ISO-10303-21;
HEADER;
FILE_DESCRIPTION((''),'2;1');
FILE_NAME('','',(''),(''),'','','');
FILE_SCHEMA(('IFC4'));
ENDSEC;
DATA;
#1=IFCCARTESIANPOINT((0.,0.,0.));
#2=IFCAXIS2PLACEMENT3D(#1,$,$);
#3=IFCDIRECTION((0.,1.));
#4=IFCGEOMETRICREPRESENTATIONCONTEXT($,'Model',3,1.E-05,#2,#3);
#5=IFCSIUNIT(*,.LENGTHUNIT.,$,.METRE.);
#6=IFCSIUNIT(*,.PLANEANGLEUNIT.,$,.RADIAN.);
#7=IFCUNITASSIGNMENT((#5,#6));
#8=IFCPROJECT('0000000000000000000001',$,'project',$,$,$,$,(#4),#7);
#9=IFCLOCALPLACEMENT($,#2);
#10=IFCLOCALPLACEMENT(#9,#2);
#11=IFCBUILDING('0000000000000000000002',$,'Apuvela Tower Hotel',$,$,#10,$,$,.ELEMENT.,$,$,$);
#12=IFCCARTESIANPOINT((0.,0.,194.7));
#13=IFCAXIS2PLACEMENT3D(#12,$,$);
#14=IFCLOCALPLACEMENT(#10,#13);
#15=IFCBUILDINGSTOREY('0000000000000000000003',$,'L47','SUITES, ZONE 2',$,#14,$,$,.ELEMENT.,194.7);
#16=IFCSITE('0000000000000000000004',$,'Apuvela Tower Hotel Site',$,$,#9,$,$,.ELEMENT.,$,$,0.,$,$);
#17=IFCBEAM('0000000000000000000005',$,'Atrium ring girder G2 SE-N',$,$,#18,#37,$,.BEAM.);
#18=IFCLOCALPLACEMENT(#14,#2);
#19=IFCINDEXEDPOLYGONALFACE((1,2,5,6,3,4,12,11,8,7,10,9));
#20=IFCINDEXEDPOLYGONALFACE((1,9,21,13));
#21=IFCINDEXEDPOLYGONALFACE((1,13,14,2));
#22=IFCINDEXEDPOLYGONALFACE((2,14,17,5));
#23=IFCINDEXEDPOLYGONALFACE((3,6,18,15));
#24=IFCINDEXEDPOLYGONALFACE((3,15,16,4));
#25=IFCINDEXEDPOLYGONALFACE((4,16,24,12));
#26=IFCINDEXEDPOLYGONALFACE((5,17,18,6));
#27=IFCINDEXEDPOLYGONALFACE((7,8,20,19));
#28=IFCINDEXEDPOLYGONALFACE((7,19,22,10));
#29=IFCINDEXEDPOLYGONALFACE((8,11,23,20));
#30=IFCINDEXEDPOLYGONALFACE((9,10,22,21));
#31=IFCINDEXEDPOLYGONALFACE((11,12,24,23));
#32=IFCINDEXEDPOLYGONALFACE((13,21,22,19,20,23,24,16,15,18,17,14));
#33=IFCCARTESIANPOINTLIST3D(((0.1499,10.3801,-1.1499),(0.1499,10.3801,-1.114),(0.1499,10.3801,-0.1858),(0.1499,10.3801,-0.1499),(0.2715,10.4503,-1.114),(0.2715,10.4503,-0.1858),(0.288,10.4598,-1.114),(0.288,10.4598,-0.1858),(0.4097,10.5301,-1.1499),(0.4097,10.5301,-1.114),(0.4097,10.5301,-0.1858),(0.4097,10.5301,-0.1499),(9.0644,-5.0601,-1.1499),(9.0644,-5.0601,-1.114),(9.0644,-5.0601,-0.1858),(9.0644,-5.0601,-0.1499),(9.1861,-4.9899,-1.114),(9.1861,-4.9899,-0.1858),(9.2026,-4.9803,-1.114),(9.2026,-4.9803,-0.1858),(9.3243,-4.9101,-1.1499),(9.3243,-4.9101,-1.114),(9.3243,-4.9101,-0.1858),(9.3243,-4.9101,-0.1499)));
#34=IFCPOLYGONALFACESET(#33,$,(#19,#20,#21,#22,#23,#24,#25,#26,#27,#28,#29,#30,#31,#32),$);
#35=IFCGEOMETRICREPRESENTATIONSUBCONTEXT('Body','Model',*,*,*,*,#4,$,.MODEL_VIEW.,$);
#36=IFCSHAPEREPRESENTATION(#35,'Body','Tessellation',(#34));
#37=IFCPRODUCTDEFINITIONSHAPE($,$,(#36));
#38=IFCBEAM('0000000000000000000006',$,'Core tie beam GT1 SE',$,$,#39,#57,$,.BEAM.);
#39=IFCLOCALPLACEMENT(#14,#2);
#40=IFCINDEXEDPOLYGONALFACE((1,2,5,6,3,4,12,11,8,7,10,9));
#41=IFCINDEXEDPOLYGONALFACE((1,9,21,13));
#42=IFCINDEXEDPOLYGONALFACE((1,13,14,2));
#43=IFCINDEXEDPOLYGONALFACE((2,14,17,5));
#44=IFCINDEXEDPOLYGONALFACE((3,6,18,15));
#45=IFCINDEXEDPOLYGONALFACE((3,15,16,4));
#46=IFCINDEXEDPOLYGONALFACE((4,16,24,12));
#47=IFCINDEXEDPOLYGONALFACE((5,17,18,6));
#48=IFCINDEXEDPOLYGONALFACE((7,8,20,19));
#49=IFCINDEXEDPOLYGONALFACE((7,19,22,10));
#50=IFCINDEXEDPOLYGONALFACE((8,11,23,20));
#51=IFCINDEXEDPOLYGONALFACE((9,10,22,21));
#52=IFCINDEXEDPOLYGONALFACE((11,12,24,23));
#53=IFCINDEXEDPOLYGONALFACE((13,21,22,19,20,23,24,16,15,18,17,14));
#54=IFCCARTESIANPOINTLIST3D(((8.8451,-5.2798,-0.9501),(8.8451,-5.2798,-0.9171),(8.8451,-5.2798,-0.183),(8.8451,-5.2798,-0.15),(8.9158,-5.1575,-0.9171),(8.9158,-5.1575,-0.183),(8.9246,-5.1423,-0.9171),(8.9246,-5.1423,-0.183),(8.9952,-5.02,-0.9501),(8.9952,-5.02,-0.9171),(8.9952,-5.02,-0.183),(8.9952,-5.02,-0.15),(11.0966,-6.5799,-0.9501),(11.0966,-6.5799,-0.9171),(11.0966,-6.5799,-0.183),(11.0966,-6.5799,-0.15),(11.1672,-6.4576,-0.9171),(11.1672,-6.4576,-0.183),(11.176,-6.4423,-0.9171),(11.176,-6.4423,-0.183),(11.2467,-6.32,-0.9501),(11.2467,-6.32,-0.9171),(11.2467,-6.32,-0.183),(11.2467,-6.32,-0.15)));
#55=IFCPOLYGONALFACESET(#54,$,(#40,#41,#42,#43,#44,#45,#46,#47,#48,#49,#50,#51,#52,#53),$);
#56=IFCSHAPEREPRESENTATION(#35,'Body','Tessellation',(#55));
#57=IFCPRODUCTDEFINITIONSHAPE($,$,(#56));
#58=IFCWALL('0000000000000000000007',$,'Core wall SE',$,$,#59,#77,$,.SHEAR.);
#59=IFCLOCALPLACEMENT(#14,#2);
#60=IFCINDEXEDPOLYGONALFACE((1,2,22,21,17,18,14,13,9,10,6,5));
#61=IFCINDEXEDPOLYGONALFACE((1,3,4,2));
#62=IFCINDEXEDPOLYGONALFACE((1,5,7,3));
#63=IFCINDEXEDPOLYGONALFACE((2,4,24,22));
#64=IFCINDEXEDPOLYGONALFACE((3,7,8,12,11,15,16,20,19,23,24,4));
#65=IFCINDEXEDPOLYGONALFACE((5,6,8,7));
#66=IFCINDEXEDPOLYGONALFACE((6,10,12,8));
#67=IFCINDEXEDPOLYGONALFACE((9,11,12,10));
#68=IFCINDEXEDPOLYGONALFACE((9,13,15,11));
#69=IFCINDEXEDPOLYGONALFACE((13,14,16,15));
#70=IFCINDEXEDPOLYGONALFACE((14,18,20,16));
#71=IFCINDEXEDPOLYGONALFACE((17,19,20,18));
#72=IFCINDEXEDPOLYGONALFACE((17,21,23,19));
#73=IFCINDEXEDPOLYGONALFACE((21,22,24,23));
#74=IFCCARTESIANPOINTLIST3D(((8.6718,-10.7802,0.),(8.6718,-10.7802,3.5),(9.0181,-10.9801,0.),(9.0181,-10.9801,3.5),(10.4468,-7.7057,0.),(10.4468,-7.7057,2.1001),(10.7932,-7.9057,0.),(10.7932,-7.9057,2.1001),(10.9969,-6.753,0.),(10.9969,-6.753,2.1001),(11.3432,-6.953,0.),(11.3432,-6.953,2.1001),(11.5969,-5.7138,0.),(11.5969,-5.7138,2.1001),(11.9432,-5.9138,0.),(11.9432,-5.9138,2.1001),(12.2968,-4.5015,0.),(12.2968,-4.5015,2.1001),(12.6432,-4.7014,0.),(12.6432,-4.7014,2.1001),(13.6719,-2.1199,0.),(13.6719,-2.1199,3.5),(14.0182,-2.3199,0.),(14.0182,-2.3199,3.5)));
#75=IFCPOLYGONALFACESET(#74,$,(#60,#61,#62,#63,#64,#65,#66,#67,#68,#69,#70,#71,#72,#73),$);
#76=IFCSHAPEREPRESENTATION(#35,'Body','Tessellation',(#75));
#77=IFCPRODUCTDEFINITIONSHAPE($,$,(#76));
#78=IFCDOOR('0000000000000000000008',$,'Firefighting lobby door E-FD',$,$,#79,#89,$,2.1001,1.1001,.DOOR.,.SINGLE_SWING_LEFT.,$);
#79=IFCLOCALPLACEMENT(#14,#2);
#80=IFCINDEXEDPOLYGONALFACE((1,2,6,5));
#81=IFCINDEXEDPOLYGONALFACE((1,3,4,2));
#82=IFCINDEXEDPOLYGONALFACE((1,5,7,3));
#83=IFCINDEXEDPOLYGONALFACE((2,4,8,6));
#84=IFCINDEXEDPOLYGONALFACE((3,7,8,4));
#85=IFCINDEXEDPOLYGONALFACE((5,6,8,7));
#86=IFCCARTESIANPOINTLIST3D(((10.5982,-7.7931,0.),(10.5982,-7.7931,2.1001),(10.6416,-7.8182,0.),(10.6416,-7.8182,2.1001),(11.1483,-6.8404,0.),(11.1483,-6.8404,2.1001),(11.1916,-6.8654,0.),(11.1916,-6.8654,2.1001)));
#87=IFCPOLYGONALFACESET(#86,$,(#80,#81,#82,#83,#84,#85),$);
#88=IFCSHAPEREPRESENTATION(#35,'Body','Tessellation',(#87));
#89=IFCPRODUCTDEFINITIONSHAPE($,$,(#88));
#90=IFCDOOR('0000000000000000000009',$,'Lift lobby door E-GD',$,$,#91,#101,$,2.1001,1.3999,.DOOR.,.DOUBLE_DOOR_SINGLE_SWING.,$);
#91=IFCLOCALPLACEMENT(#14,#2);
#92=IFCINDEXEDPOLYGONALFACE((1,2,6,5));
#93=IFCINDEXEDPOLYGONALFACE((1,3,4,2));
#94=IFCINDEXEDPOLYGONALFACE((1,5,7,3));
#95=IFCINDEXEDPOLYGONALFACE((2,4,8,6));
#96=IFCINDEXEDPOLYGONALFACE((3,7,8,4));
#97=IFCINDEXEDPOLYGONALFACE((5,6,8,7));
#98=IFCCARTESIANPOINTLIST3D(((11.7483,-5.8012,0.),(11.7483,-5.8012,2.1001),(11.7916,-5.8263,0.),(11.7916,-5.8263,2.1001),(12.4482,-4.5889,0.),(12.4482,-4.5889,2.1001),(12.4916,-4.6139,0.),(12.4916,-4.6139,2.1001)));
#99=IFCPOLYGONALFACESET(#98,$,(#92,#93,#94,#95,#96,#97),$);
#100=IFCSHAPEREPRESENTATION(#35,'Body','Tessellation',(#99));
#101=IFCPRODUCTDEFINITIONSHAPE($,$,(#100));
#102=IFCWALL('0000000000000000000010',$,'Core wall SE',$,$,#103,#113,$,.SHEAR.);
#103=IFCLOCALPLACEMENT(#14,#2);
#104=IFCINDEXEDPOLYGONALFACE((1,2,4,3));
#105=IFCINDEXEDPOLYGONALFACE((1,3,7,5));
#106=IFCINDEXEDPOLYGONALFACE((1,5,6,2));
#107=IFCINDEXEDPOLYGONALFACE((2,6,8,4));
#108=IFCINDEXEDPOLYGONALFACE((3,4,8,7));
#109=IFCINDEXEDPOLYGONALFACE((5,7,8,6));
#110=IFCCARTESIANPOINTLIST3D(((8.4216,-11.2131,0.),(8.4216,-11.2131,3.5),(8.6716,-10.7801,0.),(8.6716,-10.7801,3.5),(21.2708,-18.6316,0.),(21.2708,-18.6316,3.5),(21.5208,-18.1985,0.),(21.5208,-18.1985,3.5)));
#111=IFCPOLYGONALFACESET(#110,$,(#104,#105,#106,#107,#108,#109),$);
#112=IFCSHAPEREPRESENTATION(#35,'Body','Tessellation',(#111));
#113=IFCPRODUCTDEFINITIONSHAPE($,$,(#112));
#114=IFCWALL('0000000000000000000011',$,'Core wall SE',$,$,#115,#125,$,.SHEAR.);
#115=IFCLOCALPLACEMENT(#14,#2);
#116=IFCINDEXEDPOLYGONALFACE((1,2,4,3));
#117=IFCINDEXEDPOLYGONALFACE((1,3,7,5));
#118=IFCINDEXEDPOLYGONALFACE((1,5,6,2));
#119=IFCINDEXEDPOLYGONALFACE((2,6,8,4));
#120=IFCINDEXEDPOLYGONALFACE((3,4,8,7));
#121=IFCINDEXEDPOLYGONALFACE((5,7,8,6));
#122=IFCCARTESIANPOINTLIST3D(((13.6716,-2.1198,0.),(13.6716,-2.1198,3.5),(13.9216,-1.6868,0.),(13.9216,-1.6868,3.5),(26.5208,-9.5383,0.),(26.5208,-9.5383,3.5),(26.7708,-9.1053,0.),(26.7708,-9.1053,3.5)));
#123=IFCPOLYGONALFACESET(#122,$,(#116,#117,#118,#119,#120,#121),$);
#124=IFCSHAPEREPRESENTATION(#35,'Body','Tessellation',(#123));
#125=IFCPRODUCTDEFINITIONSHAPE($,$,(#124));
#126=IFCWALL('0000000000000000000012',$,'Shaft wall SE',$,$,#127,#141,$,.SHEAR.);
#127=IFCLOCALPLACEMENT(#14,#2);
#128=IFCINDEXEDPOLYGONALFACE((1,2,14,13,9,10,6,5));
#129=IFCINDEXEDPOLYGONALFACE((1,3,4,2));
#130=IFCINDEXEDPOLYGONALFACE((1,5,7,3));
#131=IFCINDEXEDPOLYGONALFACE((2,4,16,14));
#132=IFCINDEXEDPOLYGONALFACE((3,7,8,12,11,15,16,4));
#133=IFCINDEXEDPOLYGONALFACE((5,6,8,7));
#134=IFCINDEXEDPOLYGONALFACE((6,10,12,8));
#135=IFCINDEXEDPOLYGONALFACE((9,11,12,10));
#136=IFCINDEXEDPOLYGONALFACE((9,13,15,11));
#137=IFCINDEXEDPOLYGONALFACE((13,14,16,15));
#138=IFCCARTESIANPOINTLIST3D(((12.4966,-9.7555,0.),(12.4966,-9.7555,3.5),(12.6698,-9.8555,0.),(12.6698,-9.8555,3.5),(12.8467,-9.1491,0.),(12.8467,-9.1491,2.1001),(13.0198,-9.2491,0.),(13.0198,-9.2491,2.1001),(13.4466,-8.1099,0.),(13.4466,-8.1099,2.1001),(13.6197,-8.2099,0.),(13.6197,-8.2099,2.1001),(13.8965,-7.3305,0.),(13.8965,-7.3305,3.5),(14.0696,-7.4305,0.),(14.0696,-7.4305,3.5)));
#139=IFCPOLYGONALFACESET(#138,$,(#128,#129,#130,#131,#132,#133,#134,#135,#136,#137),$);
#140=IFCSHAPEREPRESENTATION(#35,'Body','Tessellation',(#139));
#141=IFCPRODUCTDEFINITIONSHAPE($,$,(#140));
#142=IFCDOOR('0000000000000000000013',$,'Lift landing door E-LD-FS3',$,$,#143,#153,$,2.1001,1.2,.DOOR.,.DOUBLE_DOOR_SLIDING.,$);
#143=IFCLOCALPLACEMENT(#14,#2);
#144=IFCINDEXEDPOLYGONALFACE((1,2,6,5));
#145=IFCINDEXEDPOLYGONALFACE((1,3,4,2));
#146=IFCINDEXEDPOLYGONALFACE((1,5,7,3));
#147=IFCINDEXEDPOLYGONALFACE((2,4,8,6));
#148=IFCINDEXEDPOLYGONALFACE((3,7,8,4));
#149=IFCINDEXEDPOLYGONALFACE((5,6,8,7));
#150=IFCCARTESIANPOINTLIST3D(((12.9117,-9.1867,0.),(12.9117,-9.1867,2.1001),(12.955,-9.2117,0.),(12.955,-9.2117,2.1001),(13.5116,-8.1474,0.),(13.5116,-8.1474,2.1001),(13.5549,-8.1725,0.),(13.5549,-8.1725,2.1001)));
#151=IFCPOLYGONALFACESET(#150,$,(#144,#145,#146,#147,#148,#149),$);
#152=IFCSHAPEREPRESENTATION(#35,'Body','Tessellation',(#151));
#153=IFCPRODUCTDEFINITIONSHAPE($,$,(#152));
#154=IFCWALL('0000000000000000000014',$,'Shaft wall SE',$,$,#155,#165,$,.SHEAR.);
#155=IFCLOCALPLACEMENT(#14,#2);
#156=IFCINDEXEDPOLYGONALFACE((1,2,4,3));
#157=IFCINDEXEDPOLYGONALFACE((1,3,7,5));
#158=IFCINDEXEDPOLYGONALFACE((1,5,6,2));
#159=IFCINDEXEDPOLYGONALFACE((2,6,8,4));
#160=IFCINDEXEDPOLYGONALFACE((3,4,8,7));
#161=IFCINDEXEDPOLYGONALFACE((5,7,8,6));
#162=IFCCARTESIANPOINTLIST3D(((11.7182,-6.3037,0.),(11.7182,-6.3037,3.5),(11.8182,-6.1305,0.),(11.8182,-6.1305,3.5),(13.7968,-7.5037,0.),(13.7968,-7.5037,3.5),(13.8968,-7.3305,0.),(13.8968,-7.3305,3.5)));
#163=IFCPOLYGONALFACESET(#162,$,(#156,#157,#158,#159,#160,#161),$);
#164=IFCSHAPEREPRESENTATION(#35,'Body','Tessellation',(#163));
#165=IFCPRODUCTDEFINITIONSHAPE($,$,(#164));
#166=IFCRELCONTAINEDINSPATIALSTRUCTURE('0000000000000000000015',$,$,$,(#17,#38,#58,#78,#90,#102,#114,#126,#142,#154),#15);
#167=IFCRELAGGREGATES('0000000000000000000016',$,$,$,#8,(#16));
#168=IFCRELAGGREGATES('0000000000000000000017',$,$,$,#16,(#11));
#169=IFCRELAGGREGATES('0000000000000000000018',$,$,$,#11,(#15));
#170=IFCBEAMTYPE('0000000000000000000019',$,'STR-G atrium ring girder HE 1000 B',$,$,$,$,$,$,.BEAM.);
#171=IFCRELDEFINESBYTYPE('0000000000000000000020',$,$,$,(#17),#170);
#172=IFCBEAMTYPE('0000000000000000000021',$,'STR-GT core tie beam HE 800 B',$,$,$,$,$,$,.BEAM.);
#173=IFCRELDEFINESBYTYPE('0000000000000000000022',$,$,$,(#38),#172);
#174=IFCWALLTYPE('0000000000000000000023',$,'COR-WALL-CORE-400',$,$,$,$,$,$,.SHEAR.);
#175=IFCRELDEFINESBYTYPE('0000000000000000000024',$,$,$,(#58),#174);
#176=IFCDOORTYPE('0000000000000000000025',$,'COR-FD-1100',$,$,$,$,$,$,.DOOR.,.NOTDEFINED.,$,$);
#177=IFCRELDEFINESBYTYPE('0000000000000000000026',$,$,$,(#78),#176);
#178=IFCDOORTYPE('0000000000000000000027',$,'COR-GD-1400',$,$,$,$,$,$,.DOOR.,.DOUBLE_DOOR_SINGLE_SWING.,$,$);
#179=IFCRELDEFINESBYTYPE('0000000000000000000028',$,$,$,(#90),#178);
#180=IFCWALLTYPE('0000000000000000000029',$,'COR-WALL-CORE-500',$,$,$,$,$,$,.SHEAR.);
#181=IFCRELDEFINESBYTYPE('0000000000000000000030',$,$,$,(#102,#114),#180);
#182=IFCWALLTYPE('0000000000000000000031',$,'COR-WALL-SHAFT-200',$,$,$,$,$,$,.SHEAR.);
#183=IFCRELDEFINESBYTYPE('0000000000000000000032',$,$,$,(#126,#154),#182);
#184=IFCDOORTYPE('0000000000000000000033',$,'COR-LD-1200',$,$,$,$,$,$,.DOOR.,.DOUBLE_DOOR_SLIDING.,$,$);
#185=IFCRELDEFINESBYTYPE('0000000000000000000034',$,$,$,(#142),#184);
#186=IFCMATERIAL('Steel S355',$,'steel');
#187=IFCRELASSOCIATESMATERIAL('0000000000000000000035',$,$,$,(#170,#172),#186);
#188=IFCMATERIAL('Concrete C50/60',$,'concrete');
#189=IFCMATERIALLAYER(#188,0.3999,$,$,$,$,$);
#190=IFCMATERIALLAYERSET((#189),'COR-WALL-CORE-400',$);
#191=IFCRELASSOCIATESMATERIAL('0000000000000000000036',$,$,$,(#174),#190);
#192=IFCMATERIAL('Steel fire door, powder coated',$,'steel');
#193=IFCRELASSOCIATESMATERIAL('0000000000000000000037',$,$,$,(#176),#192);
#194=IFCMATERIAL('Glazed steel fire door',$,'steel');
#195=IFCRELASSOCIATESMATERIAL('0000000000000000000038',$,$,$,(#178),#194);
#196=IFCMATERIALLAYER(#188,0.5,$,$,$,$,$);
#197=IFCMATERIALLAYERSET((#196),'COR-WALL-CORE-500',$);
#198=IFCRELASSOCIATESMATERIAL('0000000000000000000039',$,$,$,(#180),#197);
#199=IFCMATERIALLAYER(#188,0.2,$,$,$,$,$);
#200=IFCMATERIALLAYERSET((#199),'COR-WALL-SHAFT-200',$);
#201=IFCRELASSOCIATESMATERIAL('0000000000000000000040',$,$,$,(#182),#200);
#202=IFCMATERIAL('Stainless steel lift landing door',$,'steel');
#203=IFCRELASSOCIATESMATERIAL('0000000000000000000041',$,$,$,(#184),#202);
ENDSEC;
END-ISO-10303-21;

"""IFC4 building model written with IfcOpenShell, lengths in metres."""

from ifc_helpers import new_model, si_unit, direction, frame, frame_2d, origin, origin_2d, place, context, subcontext, project, spatial, rectangle, i_section, extrude, material, layer, layer_set, material_profile, profile_set, type_object, element, fill, save


model = new_model("IFC4")

# Units and contexts
model_context = context("Model", 3, precision=1e-05, world=origin(), true_north=direction((0.0, 1.0)))
body_context = subcontext(model_context, "Body", "Model", "MODEL_VIEW")
ifc_project = project(units=[si_unit("LENGTHUNIT", "METRE"), si_unit("PLANEANGLEUNIT", "RADIAN")], contexts=[model_context])

# Site, building, storey
site_placement = place(None, origin())
site = spatial("IfcSite", under=ifc_project, at=site_placement, Name="Apuvela Tower Hotel Site", CompositionType="ELEMENT", RefElevation=0.0)
building_placement = place(site_placement, origin())
building = spatial("IfcBuilding", under=site, at=building_placement, Name="Apuvela Tower Hotel", CompositionType="ELEMENT")
storey_placement = place(building_placement, frame((0.0, 0.0, 194.7)))
storey = spatial("IfcBuildingStorey", under=building, at=storey_placement, Name="L47", Description="SUITES, ZONE 2", CompositionType="ELEMENT", Elevation=194.7)

# Beams
ifc_material_1 = material(Name="Steel S355", Category="steel")
ifc_material_profile_1 = material_profile(ifc_material_1, i_section(OverallWidth=0.3, OverallDepth=1.0, WebThickness=0.019, FlangeThickness=0.0359, at=origin_2d()), Name="HE 1000 B")
ifc_profile_set_1 = profile_set([ifc_material_profile_1], Name="Steel S355")
beam_type_1 = type_object("IfcBeamType", Name="STR-G atrium ring girder HE 1000 B", PredefinedType="BEAM", material=ifc_profile_set_1)
beam_1_placement = place(storey_placement, frame((9.1943, -4.9851, -0.6499), z_axis=(-0.500007, 0.866022, 0.0), x_axis=(-0.866022, -0.500007, 0.0)))
element("IfcBeam", 1, at=beam_1_placement, inside=storey, type_object=beam_type_1, Name="Atrium ring girder G2 SE-N", PredefinedType="BEAM", context=body_context, shape_type="SweptSolid", body=[
    extrude(i_section(OverallWidth=0.3, OverallDepth=1.0, WebThickness=0.019, FlangeThickness=0.0359, at=origin_2d()), origin(), (0.0, 0.0, 1.0), 17.8289),
])
ifc_material_profile_2 = material_profile(ifc_material_1, i_section(OverallWidth=0.3, OverallDepth=0.8, WebThickness=0.0176, FlangeThickness=0.033, at=origin_2d()), Name="HE 800 B")
ifc_profile_set_2 = profile_set([ifc_material_profile_2], Name="Steel S355")
beam_type_2 = type_object("IfcBeamType", Name="STR-GT core tie beam HE 800 B", PredefinedType="BEAM", material=ifc_profile_set_2)
beam_2_placement = place(storey_placement, frame((11.1716, -6.45, -0.55), z_axis=(-0.865998, 0.500048, 0.0), x_axis=(-0.500048, -0.865998, 0.0)))
element("IfcBeam", 2, at=beam_2_placement, inside=storey, type_object=beam_type_2, Name="Core tie beam GT1 SE", PredefinedType="BEAM", context=body_context, shape_type="SweptSolid", body=[
    extrude(i_section(OverallWidth=0.3, OverallDepth=0.8, WebThickness=0.0176, FlangeThickness=0.033, at=origin_2d()), origin(), (0.0, 0.0, 1.0), 2.5999),
])

# Wall, openings, doors
ifc_material_2 = material(Name="Concrete C50/60", Category="concrete")
ifc_layer_1 = layer(ifc_material_2, 0.3999)
ifc_layer_set_1 = layer_set([ifc_layer_1], Name="COR-WALL-CORE-400")
wall_type_1 = type_object("IfcWallType", Name="COR-WALL-CORE-400", PredefinedType="SHEAR", material=ifc_layer_set_1)
wall_1_placement = place(storey_placement, frame((8.845, -10.8801, 0.0), z_axis=(0.0, 0.0, 1.0), x_axis=(0.500004, 0.866023, 0.0)))
wall_1 = element("IfcWall", 3, at=wall_1_placement, inside=storey, type_object=wall_type_1, Name="Core wall SE", PredefinedType="SHEAR", context=body_context, shape_type="SweptSolid", body=[
    extrude(rectangle(XDim=10.0, YDim=0.3999, at=frame_2d((5.0, 0.0))), origin(), (0.0, 0.0, 1.0), 3.5),
])
opening_1_placement = place(wall_1_placement, frame((3.55, 0.0, 0.0)))
opening_1 = element("IfcOpeningElement", 4, at=opening_1_placement, cuts=wall_1, PredefinedType="OPENING", context=body_context, shape_type="SweptSolid", body=[
    extrude(rectangle(XDim=1.1001, YDim=2.1001, at=frame_2d((0.55, 1.05))), frame((0.0, 0.21, 0.0), z_axis=(0.0, -1.0, 0.0), x_axis=(1.0, 0.0, 0.0)), (0.0, 0.0, 1.0), 0.4199),
])
opening_2_placement = place(wall_1_placement, frame((5.8501, 0.0, 0.0)))
opening_2 = element("IfcOpeningElement", 5, at=opening_2_placement, cuts=wall_1, PredefinedType="OPENING", context=body_context, shape_type="SweptSolid", body=[
    extrude(rectangle(XDim=1.3999, YDim=2.1001, at=frame_2d((0.7, 1.05))), frame((0.0, 0.21, 0.0), z_axis=(0.0, -1.0, 0.0), x_axis=(1.0, 0.0, 0.0)), (0.0, 0.0, 1.0), 0.4199),
])
ifc_material_3 = material(Name="Steel fire door, powder coated", Category="steel")
door_type_1 = type_object("IfcDoorType", Name="COR-FD-1100", OperationType="NOTDEFINED", PredefinedType="DOOR", material=ifc_material_3)
door_1_placement = place(opening_1_placement, frame((1.1001, 0.0, 0.0), z_axis=(0.0, 0.0, 1.0), x_axis=(-1.0, 0.0, 0.0)))
door_1 = element("IfcDoor", 6, at=door_1_placement, inside=storey, type_object=door_type_1, Name="Firefighting lobby door E-FD", OperationType="SINGLE_SWING_LEFT", OverallHeight=2.1001, OverallWidth=1.1001, PredefinedType="DOOR", context=body_context, shape_type="SweptSolid", body=[
    extrude(rectangle(XDim=1.1001, YDim=2.1001, at=frame_2d((0.55, 1.05))), frame((0.0, 0.0249, 0.0), z_axis=(0.0, -1.0, 0.0), x_axis=(1.0, 0.0, 0.0)), (0.0, 0.0, 1.0), 0.05),
])
fill(opening_1, door_1)
ifc_material_4 = material(Name="Glazed steel fire door", Category="steel")
door_type_2 = type_object("IfcDoorType", Name="COR-GD-1400", OperationType="DOUBLE_DOOR_SINGLE_SWING", PredefinedType="DOOR", material=ifc_material_4)
door_2_placement = place(opening_2_placement, frame((1.3999, 0.0, 0.0), z_axis=(0.0, 0.0, 1.0), x_axis=(-1.0, 0.0, 0.0)))
door_2 = element("IfcDoor", 7, at=door_2_placement, inside=storey, type_object=door_type_2, Name="Lift lobby door E-GD", OperationType="DOUBLE_DOOR_SINGLE_SWING", OverallHeight=2.1001, OverallWidth=1.3999, PredefinedType="DOOR", context=body_context, shape_type="SweptSolid", body=[
    extrude(rectangle(XDim=1.3999, YDim=2.1001, at=frame_2d((0.7, 1.05))), frame((0.0, 0.0249, 0.0), z_axis=(0.0, -1.0, 0.0), x_axis=(1.0, 0.0, 0.0)), (0.0, 0.0, 1.0), 0.05),
])
fill(opening_2, door_2)

# Walls
ifc_layer_2 = layer(ifc_material_2, 0.5)
ifc_layer_set_2 = layer_set([ifc_layer_2], Name="COR-WALL-CORE-500")
wall_type_2 = type_object("IfcWallType", Name="COR-WALL-CORE-500", PredefinedType="SHEAR", material=ifc_layer_set_2)
for number, where, z_axis, x_axis, name in (
    (8, (8.5466, -10.9966, 0.0), (0.0, 0.0, 1.0), (0.866025, -0.500001, 0.0), "Core wall SE"),
    (9, (13.7966, -1.9033, 0.0), (0.0, 0.0, 1.0), (0.866025, -0.500001, 0.0), "Core wall SE"),
):
    element("IfcWall", number, at=place(storey_placement, frame(where, z_axis=z_axis, x_axis=x_axis)), inside=storey, type_object=wall_type_2, Name=name, PredefinedType="SHEAR", context=body_context, shape_type="SweptSolid", body=[
        extrude(rectangle(XDim=14.8369, YDim=0.5, at=frame_2d((7.4185, 0.0))), origin(), (0.0, 0.0, 1.0), 3.5),
    ])

# Wall, opening, door
ifc_layer_3 = layer(ifc_material_2, 0.2)
ifc_layer_set_3 = layer_set([ifc_layer_3], Name="COR-WALL-SHAFT-200")
wall_type_3 = type_object("IfcWallType", Name="COR-WALL-SHAFT-200", PredefinedType="SHEAR", material=ifc_layer_set_3)
wall_2_placement = place(storey_placement, frame((12.5833, -9.8054, 0.0), z_axis=(0.0, 0.0, 1.0), x_axis=(0.499946, 0.866056, 0.0)))
wall_2 = element("IfcWall", 10, at=wall_2_placement, inside=storey, type_object=wall_type_3, Name="Shaft wall SE", PredefinedType="SHEAR", context=body_context, shape_type="SweptSolid", body=[
    extrude(rectangle(XDim=2.8, YDim=0.2, at=frame_2d((1.3999, 0.0))), origin(), (0.0, 0.0, 1.0), 3.5),
])
opening_3_placement = place(wall_2_placement, frame((0.7, 0.0, 0.0)))
opening_3 = element("IfcOpeningElement", 11, at=opening_3_placement, cuts=wall_2, PredefinedType="OPENING", context=body_context, shape_type="SweptSolid", body=[
    extrude(rectangle(XDim=1.2, YDim=2.1001, at=frame_2d((0.6001, 1.05))), frame((0.0, 0.1099, 0.0), z_axis=(0.0, -1.0, 0.0), x_axis=(1.0, 0.0, 0.0)), (0.0, 0.0, 1.0), 0.22),
])
ifc_material_5 = material(Name="Stainless steel lift landing door", Category="steel")
door_type_3 = type_object("IfcDoorType", Name="COR-LD-1200", OperationType="DOUBLE_DOOR_SLIDING", PredefinedType="DOOR", material=ifc_material_5)
door_3_placement = place(opening_3_placement, origin())
door_3 = element("IfcDoor", 12, at=door_3_placement, inside=storey, type_object=door_type_3, Name="Lift landing door E-LD-FS3", OperationType="DOUBLE_DOOR_SLIDING", OverallHeight=2.1001, OverallWidth=1.2, PredefinedType="DOOR", context=body_context, shape_type="SweptSolid", body=[
    extrude(rectangle(XDim=1.2, YDim=2.1001, at=frame_2d((0.6001, 1.05))), frame((0.0, 0.0249, 0.0), z_axis=(0.0, -1.0, 0.0), x_axis=(1.0, 0.0, 0.0)), (0.0, 0.0, 1.0), 0.05),
])
fill(opening_3, door_3)

# Wall
wall_3_placement = place(storey_placement, frame((11.7681, -6.217, 0.0), z_axis=(0.0, 0.0, 1.0), x_axis=(0.86605, -0.499957, 0.0)))
element("IfcWall", 13, at=wall_3_placement, inside=storey, type_object=wall_type_3, Name="Shaft wall SE", PredefinedType="SHEAR", context=body_context, shape_type="SweptSolid", body=[
    extrude(rectangle(XDim=2.4001, YDim=0.2, at=frame_2d((1.2002, 0.0))), origin(), (0.0, 0.0, 1.0), 3.5),
])

save(model, "model.ifc")
